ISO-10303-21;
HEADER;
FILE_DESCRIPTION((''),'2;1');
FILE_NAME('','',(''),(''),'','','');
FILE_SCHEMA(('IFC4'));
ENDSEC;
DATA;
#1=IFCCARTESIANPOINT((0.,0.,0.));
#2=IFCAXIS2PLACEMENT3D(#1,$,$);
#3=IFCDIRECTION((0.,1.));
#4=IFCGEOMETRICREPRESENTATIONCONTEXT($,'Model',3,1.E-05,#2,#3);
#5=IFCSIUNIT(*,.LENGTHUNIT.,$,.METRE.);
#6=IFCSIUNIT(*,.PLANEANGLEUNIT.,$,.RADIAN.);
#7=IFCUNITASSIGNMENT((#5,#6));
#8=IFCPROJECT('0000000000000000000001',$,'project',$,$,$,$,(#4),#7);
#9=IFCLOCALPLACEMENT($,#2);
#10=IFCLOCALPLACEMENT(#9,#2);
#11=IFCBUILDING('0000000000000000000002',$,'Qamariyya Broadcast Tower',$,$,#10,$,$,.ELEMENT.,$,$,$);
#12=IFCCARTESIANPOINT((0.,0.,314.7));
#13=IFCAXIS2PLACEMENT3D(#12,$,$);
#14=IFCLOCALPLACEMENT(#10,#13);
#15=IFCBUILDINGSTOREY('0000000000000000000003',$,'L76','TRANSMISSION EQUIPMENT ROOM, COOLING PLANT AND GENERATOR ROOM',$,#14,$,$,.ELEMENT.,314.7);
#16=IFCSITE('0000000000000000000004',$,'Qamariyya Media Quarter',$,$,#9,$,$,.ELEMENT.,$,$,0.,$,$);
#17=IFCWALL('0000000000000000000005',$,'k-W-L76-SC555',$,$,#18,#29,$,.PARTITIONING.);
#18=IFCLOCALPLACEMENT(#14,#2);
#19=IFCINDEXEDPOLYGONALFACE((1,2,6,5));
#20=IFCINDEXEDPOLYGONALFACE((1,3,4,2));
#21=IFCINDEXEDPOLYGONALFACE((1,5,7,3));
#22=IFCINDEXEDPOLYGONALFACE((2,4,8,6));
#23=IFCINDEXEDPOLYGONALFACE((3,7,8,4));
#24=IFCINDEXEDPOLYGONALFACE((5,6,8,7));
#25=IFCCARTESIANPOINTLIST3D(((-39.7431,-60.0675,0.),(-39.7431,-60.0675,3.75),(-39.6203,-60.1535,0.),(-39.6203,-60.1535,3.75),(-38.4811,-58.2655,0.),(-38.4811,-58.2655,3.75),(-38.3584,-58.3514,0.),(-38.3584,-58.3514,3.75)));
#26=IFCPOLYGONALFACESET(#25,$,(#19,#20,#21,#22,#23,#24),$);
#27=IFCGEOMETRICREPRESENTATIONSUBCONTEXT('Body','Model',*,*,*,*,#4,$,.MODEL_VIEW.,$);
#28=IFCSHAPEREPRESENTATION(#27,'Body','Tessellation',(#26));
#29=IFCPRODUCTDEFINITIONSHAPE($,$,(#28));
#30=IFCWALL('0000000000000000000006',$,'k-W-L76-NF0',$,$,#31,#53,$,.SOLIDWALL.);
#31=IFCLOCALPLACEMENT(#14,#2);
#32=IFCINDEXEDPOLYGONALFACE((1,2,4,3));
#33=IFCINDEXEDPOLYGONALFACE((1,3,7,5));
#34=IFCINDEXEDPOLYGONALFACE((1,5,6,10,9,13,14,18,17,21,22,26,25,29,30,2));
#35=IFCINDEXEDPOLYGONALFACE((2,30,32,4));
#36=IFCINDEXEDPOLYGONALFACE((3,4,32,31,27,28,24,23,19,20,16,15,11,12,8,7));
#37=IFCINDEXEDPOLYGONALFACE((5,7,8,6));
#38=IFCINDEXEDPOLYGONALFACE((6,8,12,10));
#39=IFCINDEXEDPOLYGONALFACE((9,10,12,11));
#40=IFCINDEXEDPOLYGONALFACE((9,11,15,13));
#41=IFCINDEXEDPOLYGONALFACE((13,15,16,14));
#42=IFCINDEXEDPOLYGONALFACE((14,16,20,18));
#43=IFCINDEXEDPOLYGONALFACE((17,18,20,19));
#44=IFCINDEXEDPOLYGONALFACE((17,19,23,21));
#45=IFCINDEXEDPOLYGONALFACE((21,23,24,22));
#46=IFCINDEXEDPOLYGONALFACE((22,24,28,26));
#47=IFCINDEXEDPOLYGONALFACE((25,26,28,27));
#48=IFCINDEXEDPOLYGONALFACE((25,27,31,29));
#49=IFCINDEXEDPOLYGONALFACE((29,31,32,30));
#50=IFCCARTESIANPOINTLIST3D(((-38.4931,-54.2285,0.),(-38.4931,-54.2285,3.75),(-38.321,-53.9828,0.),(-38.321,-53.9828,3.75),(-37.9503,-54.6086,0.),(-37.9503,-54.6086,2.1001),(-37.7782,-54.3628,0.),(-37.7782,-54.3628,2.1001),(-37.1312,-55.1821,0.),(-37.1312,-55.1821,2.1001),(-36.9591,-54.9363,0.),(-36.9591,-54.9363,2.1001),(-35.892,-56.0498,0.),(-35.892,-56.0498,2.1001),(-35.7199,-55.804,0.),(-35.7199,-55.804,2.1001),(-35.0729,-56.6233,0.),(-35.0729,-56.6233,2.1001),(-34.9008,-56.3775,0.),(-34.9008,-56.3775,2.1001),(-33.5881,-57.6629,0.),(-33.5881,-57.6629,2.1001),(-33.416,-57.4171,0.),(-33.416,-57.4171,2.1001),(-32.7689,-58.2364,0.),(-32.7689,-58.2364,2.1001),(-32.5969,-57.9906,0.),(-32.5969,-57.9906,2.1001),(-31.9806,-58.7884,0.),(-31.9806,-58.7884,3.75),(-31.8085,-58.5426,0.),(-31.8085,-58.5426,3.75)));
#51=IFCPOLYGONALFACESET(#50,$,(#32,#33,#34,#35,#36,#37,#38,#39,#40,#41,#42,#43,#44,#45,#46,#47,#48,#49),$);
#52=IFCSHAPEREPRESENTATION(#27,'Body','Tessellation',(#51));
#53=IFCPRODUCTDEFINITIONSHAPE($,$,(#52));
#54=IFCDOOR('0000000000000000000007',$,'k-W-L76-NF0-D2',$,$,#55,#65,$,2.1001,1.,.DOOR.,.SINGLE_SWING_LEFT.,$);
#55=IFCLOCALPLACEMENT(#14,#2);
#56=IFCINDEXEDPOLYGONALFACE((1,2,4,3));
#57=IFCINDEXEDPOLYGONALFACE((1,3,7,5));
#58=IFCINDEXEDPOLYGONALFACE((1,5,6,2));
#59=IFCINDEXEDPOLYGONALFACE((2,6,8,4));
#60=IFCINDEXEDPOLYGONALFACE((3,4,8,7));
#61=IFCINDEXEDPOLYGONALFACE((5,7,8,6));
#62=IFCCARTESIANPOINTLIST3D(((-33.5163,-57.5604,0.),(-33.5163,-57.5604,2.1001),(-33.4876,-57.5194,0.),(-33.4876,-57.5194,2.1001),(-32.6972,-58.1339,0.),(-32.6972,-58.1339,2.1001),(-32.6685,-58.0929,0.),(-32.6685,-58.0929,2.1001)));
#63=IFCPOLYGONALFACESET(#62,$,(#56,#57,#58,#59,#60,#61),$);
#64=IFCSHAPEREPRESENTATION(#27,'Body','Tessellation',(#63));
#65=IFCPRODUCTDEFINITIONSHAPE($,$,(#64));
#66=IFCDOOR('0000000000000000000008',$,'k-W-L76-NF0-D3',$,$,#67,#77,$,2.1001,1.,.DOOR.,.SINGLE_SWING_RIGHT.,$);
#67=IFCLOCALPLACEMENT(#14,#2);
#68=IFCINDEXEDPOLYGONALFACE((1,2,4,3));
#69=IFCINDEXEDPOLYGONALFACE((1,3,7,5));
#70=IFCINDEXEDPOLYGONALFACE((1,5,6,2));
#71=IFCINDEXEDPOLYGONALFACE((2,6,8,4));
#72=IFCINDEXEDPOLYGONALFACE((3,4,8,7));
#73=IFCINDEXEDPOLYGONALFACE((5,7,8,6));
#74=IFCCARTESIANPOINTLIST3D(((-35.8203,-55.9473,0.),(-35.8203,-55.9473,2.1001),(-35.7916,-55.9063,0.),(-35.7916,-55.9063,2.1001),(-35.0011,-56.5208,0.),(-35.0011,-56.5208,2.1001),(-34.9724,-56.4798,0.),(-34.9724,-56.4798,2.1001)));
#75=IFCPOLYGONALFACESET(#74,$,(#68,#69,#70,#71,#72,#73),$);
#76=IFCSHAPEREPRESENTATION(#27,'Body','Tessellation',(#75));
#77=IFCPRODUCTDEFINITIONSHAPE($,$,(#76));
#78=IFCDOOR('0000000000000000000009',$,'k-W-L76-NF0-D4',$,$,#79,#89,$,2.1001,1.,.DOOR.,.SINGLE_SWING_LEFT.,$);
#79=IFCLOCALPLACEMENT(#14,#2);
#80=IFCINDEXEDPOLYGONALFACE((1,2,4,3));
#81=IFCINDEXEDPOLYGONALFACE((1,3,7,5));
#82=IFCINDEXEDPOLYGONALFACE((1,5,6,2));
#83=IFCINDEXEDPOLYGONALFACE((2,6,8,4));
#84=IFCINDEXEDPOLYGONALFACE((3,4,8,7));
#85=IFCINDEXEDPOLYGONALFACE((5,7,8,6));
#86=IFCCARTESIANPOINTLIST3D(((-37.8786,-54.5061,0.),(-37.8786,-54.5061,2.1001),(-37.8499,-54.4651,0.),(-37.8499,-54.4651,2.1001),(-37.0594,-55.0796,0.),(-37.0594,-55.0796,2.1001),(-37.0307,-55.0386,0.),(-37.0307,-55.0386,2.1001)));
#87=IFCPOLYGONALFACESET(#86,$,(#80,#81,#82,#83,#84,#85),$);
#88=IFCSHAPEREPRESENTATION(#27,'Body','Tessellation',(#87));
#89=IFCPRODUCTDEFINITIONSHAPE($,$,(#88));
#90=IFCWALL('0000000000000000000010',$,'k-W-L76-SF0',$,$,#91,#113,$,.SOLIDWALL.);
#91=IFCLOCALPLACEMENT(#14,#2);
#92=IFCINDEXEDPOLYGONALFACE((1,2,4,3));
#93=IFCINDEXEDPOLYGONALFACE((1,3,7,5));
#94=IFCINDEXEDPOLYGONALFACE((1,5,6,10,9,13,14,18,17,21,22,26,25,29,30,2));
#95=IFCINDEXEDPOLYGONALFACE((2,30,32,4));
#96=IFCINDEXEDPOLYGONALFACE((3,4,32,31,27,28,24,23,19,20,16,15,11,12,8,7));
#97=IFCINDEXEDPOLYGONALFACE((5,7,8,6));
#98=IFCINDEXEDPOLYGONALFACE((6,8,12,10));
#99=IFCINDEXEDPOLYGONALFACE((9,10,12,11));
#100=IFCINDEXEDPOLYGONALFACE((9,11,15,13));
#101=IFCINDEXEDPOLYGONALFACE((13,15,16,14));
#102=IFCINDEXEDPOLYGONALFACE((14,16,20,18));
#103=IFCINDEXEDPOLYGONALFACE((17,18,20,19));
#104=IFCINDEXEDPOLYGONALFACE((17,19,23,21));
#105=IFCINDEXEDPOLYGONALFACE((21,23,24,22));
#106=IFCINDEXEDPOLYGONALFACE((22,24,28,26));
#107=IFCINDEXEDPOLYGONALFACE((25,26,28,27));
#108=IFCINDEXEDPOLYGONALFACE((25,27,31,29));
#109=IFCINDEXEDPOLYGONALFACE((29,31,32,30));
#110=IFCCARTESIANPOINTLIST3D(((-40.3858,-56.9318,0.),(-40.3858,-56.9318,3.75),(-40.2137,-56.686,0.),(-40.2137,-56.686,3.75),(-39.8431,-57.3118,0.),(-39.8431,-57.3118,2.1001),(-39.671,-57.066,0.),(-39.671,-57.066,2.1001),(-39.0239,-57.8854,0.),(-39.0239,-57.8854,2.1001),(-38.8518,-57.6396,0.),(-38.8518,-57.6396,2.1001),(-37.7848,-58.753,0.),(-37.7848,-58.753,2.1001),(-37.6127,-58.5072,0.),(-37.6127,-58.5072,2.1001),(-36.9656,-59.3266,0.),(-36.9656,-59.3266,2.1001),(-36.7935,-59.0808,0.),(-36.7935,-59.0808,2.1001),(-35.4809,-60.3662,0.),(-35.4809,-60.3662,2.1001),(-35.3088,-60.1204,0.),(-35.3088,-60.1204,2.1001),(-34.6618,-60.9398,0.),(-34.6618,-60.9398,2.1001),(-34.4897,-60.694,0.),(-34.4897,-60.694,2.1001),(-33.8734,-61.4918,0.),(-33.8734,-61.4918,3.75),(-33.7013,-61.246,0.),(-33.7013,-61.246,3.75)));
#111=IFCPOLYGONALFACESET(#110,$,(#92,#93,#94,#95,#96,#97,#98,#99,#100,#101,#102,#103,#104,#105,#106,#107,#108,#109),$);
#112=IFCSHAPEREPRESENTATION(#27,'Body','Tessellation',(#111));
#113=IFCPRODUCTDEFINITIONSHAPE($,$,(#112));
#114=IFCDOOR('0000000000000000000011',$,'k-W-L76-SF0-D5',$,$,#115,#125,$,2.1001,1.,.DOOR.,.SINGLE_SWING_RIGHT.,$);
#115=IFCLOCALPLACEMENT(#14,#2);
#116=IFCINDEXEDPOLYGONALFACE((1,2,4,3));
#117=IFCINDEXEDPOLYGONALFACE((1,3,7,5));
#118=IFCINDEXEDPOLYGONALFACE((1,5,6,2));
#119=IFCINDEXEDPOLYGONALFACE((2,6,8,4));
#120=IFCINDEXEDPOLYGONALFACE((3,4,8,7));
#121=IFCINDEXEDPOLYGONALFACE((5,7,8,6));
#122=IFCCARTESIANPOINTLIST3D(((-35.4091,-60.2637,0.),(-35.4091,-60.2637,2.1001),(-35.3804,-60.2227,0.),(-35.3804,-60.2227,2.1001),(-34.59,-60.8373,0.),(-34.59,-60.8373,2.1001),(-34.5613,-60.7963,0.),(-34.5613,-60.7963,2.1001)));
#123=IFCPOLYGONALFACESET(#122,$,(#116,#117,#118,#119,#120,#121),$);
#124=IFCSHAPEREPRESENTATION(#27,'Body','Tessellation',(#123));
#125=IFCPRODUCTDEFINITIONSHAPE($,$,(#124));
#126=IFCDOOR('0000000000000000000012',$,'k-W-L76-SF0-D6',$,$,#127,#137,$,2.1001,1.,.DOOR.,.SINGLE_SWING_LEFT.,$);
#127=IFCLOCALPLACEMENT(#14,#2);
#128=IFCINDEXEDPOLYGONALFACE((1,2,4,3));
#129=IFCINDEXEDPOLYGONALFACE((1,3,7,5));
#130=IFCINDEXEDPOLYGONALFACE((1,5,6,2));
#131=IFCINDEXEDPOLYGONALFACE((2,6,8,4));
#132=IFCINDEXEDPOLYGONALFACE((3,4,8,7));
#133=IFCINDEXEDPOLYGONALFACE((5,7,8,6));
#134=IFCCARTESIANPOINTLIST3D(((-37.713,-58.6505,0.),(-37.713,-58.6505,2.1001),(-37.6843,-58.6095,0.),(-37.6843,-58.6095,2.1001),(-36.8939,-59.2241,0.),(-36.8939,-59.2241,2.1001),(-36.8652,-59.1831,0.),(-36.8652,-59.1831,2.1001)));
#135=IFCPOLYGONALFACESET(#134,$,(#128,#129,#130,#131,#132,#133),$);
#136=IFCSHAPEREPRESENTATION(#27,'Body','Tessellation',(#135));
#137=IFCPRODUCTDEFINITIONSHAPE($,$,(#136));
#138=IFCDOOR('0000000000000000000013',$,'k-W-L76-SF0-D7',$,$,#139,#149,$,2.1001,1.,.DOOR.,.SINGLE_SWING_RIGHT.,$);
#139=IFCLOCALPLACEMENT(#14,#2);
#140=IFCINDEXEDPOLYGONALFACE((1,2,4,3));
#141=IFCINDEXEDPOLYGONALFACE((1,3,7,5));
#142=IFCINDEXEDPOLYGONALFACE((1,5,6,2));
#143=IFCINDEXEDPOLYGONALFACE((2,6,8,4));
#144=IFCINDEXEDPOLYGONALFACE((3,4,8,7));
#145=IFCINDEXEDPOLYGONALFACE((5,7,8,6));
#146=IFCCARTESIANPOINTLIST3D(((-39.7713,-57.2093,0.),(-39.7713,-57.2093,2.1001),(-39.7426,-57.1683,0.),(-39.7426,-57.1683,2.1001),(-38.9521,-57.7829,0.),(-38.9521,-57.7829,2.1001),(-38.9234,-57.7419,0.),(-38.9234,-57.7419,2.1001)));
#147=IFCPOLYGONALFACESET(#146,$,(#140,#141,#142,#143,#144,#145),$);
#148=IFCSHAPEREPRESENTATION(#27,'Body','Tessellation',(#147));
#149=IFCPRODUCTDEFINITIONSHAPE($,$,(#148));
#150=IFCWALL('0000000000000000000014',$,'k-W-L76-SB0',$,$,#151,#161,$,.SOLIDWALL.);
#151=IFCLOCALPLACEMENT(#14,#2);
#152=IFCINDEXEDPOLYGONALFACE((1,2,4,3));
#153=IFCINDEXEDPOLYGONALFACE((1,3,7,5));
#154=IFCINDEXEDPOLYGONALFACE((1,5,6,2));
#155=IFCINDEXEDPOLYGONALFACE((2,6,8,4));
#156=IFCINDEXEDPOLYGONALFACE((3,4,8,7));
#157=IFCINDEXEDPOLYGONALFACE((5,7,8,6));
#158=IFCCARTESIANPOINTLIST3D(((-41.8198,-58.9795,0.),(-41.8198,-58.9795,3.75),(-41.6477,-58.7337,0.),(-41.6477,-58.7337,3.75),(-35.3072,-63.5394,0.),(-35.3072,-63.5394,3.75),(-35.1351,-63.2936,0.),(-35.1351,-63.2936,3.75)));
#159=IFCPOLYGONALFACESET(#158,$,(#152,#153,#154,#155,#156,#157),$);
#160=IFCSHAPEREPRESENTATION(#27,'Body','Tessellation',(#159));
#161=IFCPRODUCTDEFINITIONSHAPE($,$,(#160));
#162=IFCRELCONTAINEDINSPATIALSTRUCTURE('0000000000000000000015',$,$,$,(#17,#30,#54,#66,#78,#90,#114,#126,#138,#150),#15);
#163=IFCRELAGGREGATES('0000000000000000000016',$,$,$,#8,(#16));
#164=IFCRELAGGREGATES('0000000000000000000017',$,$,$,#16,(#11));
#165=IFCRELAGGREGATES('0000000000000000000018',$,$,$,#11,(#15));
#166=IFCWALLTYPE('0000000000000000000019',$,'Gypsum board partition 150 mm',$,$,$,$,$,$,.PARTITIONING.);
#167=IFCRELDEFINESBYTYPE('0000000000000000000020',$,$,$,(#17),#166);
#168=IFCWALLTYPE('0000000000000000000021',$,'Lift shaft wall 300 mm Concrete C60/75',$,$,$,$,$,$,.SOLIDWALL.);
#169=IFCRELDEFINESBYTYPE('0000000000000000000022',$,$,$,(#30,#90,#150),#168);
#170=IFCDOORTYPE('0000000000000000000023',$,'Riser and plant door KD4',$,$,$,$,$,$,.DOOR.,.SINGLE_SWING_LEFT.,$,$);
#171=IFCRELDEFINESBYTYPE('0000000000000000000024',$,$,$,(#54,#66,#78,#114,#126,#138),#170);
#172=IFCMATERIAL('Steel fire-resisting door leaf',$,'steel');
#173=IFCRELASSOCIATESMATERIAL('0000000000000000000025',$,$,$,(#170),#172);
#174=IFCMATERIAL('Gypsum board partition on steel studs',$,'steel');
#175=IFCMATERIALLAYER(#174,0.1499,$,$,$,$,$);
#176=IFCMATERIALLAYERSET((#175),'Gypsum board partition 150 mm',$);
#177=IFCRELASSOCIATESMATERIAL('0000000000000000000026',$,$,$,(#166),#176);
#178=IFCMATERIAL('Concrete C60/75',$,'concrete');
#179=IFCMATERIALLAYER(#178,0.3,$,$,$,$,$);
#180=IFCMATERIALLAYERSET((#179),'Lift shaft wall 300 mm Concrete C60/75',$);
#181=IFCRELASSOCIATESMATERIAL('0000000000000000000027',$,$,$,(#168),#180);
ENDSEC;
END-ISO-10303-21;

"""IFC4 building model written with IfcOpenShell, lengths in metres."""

from ifc_helpers import new_model, si_unit, direction, frame, frame_2d, origin, place, context, subcontext, project, spatial, rectangle, extrude, material, layer, layer_set, type_object, element, fill, save


model = new_model("IFC4")

# Units and contexts
model_context = context("Model", 3, precision=1e-05, world=origin(), true_north=direction((0.0, 1.0)))
body_context = subcontext(model_context, "Body", "Model", "MODEL_VIEW")
ifc_project = project(units=[si_unit("LENGTHUNIT", "METRE"), si_unit("PLANEANGLEUNIT", "RADIAN")], contexts=[model_context])

# Site, building, storey
site_placement = place(None, origin())
site = spatial("IfcSite", under=ifc_project, at=site_placement, Name="Qamariyya Media Quarter", CompositionType="ELEMENT", RefElevation=0.0)
building_placement = place(site_placement, origin())
building = spatial("IfcBuilding", under=site, at=building_placement, Name="Qamariyya Broadcast Tower", CompositionType="ELEMENT")
storey_placement = place(building_placement, frame((0.0, 0.0, 314.7)))
storey = spatial("IfcBuildingStorey", under=building, at=storey_placement, Name="L76", Description="TRANSMISSION EQUIPMENT ROOM, COOLING PLANT AND GENERATOR ROOM", CompositionType="ELEMENT", Elevation=314.7)

# Shared definitions
ifc_material_1 = material(Name="Concrete C60/75", Category="concrete")
ifc_material_2 = material(Name="Steel fire-resisting door leaf", Category="steel")

# Shared definitions
door_type_1 = type_object("IfcDoorType", Name="Riser and plant door KD4", OperationType="SINGLE_SWING_LEFT", PredefinedType="DOOR", material=ifc_material_2)

# Wall
ifc_material_3 = material(Name="Gypsum board partition on steel studs", Category="steel")
ifc_layer_1 = layer(ifc_material_3, 0.1499)
ifc_layer_set_1 = layer_set([ifc_layer_1], Name="Gypsum board partition 150 mm")
wall_type_1 = type_object("IfcWallType", Name="Gypsum board partition 150 mm", PredefinedType="PARTITIONING", material=ifc_layer_set_1)
for number, where, z_axis, x_axis, name in (
    (1, (-38.4197, -58.3083, 0.0), (0.0, 0.0, 1.0), (-0.573634, -0.819112, 0.0), "k-W-L76-SC555"),
):
    element("IfcWall", number, at=place(storey_placement, frame(where, z_axis=z_axis, x_axis=x_axis)), inside=storey, type_object=wall_type_1, Name=name, PredefinedType="PARTITIONING", context=body_context, shape_type="SweptSolid", body=[
        extrude(rectangle(XDim=2.2, YDim=0.1499, at=frame_2d((1.1001, 0.0))), origin(), (0.0, 0.0, 1.0), 3.75),
    ])

# Walls, openings, doors
ifc_layer_2 = layer(ifc_material_1, 0.3)
ifc_layer_set_2 = layer_set([ifc_layer_2], Name="Lift shaft wall 300 mm Concrete C60/75")
wall_type_2 = type_object("IfcWallType", Name="Lift shaft wall 300 mm Concrete C60/75", PredefinedType="SOLIDWALL", material=ifc_layer_set_2)
wall_1_placement = place(storey_placement, frame((-31.8945, -58.6655, 0.0), z_axis=(0.0, 0.0, 1.0), x_axis=(-0.819167, 0.573555, 0.0)))
wall_1 = element("IfcWall", 2, at=wall_1_placement, inside=storey, type_object=wall_type_2, Name="k-W-L76-NF0", PredefinedType="SOLIDWALL", context=body_context, shape_type="SweptSolid", body=[
    extrude(rectangle(XDim=7.9502, YDim=0.3, at=frame_2d((3.9751, 0.0))), origin(), (0.0, 0.0, 1.0), 3.75),
])
opening_1_placement = place(wall_1_placement, frame((0.9624, 0.0, 0.0)))
opening_1 = element("IfcOpeningElement", 3, at=opening_1_placement, cuts=wall_1, PredefinedType="OPENING", context=body_context, shape_type="SweptSolid", body=[
    extrude(rectangle(XDim=1.0, YDim=2.1001, at=frame_2d((0.5, 1.05))), frame((0.0, 0.1599, 0.0), z_axis=(0.0, -1.0, 0.0), x_axis=(1.0, 0.0, 0.0)), (0.0, 0.0, 1.0), 0.3201),
])
opening_2_placement = place(wall_1_placement, frame((3.7749, 0.0, 0.0)))
opening_2 = element("IfcOpeningElement", 4, at=opening_2_placement, cuts=wall_1, PredefinedType="OPENING", context=body_context, shape_type="SweptSolid", body=[
    extrude(rectangle(XDim=1.0, YDim=2.1001, at=frame_2d((0.5, 1.05))), frame((0.0, 0.1599, 0.0), z_axis=(0.0, -1.0, 0.0), x_axis=(1.0, 0.0, 0.0)), (0.0, 0.0, 1.0), 0.3201),
])
opening_3_placement = place(wall_1_placement, frame((6.2876, 0.0, 0.0)))
opening_3 = element("IfcOpeningElement", 5, at=opening_3_placement, cuts=wall_1, PredefinedType="OPENING", context=body_context, shape_type="SweptSolid", body=[
    extrude(rectangle(XDim=1.0, YDim=2.1001, at=frame_2d((0.5, 1.05))), frame((0.0, 0.1599, 0.0), z_axis=(0.0, -1.0, 0.0), x_axis=(1.0, 0.0, 0.0)), (0.0, 0.0, 1.0), 0.3201),
])
door_1_placement = place(opening_1_placement, origin())
door_1 = element("IfcDoor", 6, at=door_1_placement, inside=storey, type_object=door_type_1, Name="k-W-L76-NF0-D2", OperationType="SINGLE_SWING_LEFT", OverallHeight=2.1001, OverallWidth=1.0, PredefinedType="DOOR", context=body_context, shape_type="SweptSolid", body=[
    extrude(rectangle(XDim=1.0, YDim=2.1001, at=frame_2d((0.5, 1.05))), frame((0.0, 0.0249, 0.0), z_axis=(0.0, -1.0, 0.0), x_axis=(1.0, 0.0, 0.0)), (0.0, 0.0, 1.0), 0.05),
])
fill(opening_1, door_1)
door_2_placement = place(opening_2_placement, origin())
door_2 = element("IfcDoor", 7, at=door_2_placement, inside=storey, type_object=door_type_1, Name="k-W-L76-NF0-D3", OperationType="SINGLE_SWING_RIGHT", OverallHeight=2.1001, OverallWidth=1.0, PredefinedType="DOOR", context=body_context, shape_type="SweptSolid", body=[
    extrude(rectangle(XDim=1.0, YDim=2.1001, at=frame_2d((0.5, 1.05))), frame((0.0, 0.0249, 0.0), z_axis=(0.0, -1.0, 0.0), x_axis=(1.0, 0.0, 0.0)), (0.0, 0.0, 1.0), 0.05),
])
fill(opening_2, door_2)
door_3_placement = place(opening_3_placement, origin())
door_3 = element("IfcDoor", 8, at=door_3_placement, inside=storey, type_object=door_type_1, Name="k-W-L76-NF0-D4", OperationType="SINGLE_SWING_LEFT", OverallHeight=2.1001, OverallWidth=1.0, PredefinedType="DOOR", context=body_context, shape_type="SweptSolid", body=[
    extrude(rectangle(XDim=1.0, YDim=2.1001, at=frame_2d((0.5, 1.05))), frame((0.0, 0.0249, 0.0), z_axis=(0.0, -1.0, 0.0), x_axis=(1.0, 0.0, 0.0)), (0.0, 0.0, 1.0), 0.05),
])
fill(opening_3, door_3)
wall_2_placement = place(storey_placement, frame((-33.7874, -61.3689, 0.0), z_axis=(0.0, 0.0, 1.0), x_axis=(-0.819153, 0.573576, 0.0)))
wall_2 = element("IfcWall", 9, at=wall_2_placement, inside=storey, type_object=wall_type_2, Name="k-W-L76-SF0", PredefinedType="SOLIDWALL", context=body_context, shape_type="SweptSolid", body=[
    extrude(rectangle(XDim=7.9502, YDim=0.3, at=frame_2d((3.9751, 0.0))), origin(), (0.0, 0.0, 1.0), 3.75),
])
opening_4_placement = place(wall_2_placement, frame((0.9624, 0.0, 0.0)))
opening_4 = element("IfcOpeningElement", 10, at=opening_4_placement, cuts=wall_2, PredefinedType="OPENING", context=body_context, shape_type="SweptSolid", body=[
    extrude(rectangle(XDim=1.0, YDim=2.1001, at=frame_2d((0.5, 1.05))), frame((0.0, 0.1599, 0.0), z_axis=(0.0, -1.0, 0.0), x_axis=(1.0, 0.0, 0.0)), (0.0, 0.0, 1.0), 0.3201),
])
opening_5_placement = place(wall_2_placement, frame((3.7749, 0.0, 0.0)))
opening_5 = element("IfcOpeningElement", 11, at=opening_5_placement, cuts=wall_2, PredefinedType="OPENING", context=body_context, shape_type="SweptSolid", body=[
    extrude(rectangle(XDim=1.0, YDim=2.1001, at=frame_2d((0.5, 1.05))), frame((0.0, 0.1599, 0.0), z_axis=(0.0, -1.0, 0.0), x_axis=(1.0, 0.0, 0.0)), (0.0, 0.0, 1.0), 0.3201),
])
opening_6_placement = place(wall_2_placement, frame((6.2876, 0.0, 0.0)))
opening_6 = element("IfcOpeningElement", 12, at=opening_6_placement, cuts=wall_2, PredefinedType="OPENING", context=body_context, shape_type="SweptSolid", body=[
    extrude(rectangle(XDim=1.0, YDim=2.1001, at=frame_2d((0.5, 1.05))), frame((0.0, 0.1599, 0.0), z_axis=(0.0, -1.0, 0.0), x_axis=(1.0, 0.0, 0.0)), (0.0, 0.0, 1.0), 0.3201),
])
door_4_placement = place(opening_4_placement, origin())
door_4 = element("IfcDoor", 13, at=door_4_placement, inside=storey, type_object=door_type_1, Name="k-W-L76-SF0-D5", OperationType="SINGLE_SWING_RIGHT", OverallHeight=2.1001, OverallWidth=1.0, PredefinedType="DOOR", context=body_context, shape_type="SweptSolid", body=[
    extrude(rectangle(XDim=1.0, YDim=2.1001, at=frame_2d((0.5, 1.05))), frame((0.0, 0.0249, 0.0), z_axis=(0.0, -1.0, 0.0), x_axis=(1.0, 0.0, 0.0)), (0.0, 0.0, 1.0), 0.05),
])
fill(opening_4, door_4)
door_5_placement = place(opening_5_placement, origin())
door_5 = element("IfcDoor", 14, at=door_5_placement, inside=storey, type_object=door_type_1, Name="k-W-L76-SF0-D6", OperationType="SINGLE_SWING_LEFT", OverallHeight=2.1001, OverallWidth=1.0, PredefinedType="DOOR", context=body_context, shape_type="SweptSolid", body=[
    extrude(rectangle(XDim=1.0, YDim=2.1001, at=frame_2d((0.5, 1.05))), frame((0.0, 0.0249, 0.0), z_axis=(0.0, -1.0, 0.0), x_axis=(1.0, 0.0, 0.0)), (0.0, 0.0, 1.0), 0.05),
])
fill(opening_5, door_5)
door_6_placement = place(opening_6_placement, origin())
door_6 = element("IfcDoor", 15, at=door_6_placement, inside=storey, type_object=door_type_1, Name="k-W-L76-SF0-D7", OperationType="SINGLE_SWING_RIGHT", OverallHeight=2.1001, OverallWidth=1.0, PredefinedType="DOOR", context=body_context, shape_type="SweptSolid", body=[
    extrude(rectangle(XDim=1.0, YDim=2.1001, at=frame_2d((0.5, 1.05))), frame((0.0, 0.0249, 0.0), z_axis=(0.0, -1.0, 0.0), x_axis=(1.0, 0.0, 0.0)), (0.0, 0.0, 1.0), 0.05),
])
fill(opening_6, door_6)

# Wall
wall_3_placement = place(storey_placement, frame((-35.2212, -63.4165, 0.0), z_axis=(0.0, 0.0, 1.0), x_axis=(-0.819167, 0.573555, 0.0)))
element("IfcWall", 16, at=wall_3_placement, inside=storey, type_object=wall_type_2, Name="k-W-L76-SB0", PredefinedType="SOLIDWALL", context=body_context, shape_type="SweptSolid", body=[
    extrude(rectangle(XDim=7.9502, YDim=0.3, at=frame_2d((3.9751, 0.0))), origin(), (0.0, 0.0, 1.0), 3.75),
])

save(model, "model.ifc")
